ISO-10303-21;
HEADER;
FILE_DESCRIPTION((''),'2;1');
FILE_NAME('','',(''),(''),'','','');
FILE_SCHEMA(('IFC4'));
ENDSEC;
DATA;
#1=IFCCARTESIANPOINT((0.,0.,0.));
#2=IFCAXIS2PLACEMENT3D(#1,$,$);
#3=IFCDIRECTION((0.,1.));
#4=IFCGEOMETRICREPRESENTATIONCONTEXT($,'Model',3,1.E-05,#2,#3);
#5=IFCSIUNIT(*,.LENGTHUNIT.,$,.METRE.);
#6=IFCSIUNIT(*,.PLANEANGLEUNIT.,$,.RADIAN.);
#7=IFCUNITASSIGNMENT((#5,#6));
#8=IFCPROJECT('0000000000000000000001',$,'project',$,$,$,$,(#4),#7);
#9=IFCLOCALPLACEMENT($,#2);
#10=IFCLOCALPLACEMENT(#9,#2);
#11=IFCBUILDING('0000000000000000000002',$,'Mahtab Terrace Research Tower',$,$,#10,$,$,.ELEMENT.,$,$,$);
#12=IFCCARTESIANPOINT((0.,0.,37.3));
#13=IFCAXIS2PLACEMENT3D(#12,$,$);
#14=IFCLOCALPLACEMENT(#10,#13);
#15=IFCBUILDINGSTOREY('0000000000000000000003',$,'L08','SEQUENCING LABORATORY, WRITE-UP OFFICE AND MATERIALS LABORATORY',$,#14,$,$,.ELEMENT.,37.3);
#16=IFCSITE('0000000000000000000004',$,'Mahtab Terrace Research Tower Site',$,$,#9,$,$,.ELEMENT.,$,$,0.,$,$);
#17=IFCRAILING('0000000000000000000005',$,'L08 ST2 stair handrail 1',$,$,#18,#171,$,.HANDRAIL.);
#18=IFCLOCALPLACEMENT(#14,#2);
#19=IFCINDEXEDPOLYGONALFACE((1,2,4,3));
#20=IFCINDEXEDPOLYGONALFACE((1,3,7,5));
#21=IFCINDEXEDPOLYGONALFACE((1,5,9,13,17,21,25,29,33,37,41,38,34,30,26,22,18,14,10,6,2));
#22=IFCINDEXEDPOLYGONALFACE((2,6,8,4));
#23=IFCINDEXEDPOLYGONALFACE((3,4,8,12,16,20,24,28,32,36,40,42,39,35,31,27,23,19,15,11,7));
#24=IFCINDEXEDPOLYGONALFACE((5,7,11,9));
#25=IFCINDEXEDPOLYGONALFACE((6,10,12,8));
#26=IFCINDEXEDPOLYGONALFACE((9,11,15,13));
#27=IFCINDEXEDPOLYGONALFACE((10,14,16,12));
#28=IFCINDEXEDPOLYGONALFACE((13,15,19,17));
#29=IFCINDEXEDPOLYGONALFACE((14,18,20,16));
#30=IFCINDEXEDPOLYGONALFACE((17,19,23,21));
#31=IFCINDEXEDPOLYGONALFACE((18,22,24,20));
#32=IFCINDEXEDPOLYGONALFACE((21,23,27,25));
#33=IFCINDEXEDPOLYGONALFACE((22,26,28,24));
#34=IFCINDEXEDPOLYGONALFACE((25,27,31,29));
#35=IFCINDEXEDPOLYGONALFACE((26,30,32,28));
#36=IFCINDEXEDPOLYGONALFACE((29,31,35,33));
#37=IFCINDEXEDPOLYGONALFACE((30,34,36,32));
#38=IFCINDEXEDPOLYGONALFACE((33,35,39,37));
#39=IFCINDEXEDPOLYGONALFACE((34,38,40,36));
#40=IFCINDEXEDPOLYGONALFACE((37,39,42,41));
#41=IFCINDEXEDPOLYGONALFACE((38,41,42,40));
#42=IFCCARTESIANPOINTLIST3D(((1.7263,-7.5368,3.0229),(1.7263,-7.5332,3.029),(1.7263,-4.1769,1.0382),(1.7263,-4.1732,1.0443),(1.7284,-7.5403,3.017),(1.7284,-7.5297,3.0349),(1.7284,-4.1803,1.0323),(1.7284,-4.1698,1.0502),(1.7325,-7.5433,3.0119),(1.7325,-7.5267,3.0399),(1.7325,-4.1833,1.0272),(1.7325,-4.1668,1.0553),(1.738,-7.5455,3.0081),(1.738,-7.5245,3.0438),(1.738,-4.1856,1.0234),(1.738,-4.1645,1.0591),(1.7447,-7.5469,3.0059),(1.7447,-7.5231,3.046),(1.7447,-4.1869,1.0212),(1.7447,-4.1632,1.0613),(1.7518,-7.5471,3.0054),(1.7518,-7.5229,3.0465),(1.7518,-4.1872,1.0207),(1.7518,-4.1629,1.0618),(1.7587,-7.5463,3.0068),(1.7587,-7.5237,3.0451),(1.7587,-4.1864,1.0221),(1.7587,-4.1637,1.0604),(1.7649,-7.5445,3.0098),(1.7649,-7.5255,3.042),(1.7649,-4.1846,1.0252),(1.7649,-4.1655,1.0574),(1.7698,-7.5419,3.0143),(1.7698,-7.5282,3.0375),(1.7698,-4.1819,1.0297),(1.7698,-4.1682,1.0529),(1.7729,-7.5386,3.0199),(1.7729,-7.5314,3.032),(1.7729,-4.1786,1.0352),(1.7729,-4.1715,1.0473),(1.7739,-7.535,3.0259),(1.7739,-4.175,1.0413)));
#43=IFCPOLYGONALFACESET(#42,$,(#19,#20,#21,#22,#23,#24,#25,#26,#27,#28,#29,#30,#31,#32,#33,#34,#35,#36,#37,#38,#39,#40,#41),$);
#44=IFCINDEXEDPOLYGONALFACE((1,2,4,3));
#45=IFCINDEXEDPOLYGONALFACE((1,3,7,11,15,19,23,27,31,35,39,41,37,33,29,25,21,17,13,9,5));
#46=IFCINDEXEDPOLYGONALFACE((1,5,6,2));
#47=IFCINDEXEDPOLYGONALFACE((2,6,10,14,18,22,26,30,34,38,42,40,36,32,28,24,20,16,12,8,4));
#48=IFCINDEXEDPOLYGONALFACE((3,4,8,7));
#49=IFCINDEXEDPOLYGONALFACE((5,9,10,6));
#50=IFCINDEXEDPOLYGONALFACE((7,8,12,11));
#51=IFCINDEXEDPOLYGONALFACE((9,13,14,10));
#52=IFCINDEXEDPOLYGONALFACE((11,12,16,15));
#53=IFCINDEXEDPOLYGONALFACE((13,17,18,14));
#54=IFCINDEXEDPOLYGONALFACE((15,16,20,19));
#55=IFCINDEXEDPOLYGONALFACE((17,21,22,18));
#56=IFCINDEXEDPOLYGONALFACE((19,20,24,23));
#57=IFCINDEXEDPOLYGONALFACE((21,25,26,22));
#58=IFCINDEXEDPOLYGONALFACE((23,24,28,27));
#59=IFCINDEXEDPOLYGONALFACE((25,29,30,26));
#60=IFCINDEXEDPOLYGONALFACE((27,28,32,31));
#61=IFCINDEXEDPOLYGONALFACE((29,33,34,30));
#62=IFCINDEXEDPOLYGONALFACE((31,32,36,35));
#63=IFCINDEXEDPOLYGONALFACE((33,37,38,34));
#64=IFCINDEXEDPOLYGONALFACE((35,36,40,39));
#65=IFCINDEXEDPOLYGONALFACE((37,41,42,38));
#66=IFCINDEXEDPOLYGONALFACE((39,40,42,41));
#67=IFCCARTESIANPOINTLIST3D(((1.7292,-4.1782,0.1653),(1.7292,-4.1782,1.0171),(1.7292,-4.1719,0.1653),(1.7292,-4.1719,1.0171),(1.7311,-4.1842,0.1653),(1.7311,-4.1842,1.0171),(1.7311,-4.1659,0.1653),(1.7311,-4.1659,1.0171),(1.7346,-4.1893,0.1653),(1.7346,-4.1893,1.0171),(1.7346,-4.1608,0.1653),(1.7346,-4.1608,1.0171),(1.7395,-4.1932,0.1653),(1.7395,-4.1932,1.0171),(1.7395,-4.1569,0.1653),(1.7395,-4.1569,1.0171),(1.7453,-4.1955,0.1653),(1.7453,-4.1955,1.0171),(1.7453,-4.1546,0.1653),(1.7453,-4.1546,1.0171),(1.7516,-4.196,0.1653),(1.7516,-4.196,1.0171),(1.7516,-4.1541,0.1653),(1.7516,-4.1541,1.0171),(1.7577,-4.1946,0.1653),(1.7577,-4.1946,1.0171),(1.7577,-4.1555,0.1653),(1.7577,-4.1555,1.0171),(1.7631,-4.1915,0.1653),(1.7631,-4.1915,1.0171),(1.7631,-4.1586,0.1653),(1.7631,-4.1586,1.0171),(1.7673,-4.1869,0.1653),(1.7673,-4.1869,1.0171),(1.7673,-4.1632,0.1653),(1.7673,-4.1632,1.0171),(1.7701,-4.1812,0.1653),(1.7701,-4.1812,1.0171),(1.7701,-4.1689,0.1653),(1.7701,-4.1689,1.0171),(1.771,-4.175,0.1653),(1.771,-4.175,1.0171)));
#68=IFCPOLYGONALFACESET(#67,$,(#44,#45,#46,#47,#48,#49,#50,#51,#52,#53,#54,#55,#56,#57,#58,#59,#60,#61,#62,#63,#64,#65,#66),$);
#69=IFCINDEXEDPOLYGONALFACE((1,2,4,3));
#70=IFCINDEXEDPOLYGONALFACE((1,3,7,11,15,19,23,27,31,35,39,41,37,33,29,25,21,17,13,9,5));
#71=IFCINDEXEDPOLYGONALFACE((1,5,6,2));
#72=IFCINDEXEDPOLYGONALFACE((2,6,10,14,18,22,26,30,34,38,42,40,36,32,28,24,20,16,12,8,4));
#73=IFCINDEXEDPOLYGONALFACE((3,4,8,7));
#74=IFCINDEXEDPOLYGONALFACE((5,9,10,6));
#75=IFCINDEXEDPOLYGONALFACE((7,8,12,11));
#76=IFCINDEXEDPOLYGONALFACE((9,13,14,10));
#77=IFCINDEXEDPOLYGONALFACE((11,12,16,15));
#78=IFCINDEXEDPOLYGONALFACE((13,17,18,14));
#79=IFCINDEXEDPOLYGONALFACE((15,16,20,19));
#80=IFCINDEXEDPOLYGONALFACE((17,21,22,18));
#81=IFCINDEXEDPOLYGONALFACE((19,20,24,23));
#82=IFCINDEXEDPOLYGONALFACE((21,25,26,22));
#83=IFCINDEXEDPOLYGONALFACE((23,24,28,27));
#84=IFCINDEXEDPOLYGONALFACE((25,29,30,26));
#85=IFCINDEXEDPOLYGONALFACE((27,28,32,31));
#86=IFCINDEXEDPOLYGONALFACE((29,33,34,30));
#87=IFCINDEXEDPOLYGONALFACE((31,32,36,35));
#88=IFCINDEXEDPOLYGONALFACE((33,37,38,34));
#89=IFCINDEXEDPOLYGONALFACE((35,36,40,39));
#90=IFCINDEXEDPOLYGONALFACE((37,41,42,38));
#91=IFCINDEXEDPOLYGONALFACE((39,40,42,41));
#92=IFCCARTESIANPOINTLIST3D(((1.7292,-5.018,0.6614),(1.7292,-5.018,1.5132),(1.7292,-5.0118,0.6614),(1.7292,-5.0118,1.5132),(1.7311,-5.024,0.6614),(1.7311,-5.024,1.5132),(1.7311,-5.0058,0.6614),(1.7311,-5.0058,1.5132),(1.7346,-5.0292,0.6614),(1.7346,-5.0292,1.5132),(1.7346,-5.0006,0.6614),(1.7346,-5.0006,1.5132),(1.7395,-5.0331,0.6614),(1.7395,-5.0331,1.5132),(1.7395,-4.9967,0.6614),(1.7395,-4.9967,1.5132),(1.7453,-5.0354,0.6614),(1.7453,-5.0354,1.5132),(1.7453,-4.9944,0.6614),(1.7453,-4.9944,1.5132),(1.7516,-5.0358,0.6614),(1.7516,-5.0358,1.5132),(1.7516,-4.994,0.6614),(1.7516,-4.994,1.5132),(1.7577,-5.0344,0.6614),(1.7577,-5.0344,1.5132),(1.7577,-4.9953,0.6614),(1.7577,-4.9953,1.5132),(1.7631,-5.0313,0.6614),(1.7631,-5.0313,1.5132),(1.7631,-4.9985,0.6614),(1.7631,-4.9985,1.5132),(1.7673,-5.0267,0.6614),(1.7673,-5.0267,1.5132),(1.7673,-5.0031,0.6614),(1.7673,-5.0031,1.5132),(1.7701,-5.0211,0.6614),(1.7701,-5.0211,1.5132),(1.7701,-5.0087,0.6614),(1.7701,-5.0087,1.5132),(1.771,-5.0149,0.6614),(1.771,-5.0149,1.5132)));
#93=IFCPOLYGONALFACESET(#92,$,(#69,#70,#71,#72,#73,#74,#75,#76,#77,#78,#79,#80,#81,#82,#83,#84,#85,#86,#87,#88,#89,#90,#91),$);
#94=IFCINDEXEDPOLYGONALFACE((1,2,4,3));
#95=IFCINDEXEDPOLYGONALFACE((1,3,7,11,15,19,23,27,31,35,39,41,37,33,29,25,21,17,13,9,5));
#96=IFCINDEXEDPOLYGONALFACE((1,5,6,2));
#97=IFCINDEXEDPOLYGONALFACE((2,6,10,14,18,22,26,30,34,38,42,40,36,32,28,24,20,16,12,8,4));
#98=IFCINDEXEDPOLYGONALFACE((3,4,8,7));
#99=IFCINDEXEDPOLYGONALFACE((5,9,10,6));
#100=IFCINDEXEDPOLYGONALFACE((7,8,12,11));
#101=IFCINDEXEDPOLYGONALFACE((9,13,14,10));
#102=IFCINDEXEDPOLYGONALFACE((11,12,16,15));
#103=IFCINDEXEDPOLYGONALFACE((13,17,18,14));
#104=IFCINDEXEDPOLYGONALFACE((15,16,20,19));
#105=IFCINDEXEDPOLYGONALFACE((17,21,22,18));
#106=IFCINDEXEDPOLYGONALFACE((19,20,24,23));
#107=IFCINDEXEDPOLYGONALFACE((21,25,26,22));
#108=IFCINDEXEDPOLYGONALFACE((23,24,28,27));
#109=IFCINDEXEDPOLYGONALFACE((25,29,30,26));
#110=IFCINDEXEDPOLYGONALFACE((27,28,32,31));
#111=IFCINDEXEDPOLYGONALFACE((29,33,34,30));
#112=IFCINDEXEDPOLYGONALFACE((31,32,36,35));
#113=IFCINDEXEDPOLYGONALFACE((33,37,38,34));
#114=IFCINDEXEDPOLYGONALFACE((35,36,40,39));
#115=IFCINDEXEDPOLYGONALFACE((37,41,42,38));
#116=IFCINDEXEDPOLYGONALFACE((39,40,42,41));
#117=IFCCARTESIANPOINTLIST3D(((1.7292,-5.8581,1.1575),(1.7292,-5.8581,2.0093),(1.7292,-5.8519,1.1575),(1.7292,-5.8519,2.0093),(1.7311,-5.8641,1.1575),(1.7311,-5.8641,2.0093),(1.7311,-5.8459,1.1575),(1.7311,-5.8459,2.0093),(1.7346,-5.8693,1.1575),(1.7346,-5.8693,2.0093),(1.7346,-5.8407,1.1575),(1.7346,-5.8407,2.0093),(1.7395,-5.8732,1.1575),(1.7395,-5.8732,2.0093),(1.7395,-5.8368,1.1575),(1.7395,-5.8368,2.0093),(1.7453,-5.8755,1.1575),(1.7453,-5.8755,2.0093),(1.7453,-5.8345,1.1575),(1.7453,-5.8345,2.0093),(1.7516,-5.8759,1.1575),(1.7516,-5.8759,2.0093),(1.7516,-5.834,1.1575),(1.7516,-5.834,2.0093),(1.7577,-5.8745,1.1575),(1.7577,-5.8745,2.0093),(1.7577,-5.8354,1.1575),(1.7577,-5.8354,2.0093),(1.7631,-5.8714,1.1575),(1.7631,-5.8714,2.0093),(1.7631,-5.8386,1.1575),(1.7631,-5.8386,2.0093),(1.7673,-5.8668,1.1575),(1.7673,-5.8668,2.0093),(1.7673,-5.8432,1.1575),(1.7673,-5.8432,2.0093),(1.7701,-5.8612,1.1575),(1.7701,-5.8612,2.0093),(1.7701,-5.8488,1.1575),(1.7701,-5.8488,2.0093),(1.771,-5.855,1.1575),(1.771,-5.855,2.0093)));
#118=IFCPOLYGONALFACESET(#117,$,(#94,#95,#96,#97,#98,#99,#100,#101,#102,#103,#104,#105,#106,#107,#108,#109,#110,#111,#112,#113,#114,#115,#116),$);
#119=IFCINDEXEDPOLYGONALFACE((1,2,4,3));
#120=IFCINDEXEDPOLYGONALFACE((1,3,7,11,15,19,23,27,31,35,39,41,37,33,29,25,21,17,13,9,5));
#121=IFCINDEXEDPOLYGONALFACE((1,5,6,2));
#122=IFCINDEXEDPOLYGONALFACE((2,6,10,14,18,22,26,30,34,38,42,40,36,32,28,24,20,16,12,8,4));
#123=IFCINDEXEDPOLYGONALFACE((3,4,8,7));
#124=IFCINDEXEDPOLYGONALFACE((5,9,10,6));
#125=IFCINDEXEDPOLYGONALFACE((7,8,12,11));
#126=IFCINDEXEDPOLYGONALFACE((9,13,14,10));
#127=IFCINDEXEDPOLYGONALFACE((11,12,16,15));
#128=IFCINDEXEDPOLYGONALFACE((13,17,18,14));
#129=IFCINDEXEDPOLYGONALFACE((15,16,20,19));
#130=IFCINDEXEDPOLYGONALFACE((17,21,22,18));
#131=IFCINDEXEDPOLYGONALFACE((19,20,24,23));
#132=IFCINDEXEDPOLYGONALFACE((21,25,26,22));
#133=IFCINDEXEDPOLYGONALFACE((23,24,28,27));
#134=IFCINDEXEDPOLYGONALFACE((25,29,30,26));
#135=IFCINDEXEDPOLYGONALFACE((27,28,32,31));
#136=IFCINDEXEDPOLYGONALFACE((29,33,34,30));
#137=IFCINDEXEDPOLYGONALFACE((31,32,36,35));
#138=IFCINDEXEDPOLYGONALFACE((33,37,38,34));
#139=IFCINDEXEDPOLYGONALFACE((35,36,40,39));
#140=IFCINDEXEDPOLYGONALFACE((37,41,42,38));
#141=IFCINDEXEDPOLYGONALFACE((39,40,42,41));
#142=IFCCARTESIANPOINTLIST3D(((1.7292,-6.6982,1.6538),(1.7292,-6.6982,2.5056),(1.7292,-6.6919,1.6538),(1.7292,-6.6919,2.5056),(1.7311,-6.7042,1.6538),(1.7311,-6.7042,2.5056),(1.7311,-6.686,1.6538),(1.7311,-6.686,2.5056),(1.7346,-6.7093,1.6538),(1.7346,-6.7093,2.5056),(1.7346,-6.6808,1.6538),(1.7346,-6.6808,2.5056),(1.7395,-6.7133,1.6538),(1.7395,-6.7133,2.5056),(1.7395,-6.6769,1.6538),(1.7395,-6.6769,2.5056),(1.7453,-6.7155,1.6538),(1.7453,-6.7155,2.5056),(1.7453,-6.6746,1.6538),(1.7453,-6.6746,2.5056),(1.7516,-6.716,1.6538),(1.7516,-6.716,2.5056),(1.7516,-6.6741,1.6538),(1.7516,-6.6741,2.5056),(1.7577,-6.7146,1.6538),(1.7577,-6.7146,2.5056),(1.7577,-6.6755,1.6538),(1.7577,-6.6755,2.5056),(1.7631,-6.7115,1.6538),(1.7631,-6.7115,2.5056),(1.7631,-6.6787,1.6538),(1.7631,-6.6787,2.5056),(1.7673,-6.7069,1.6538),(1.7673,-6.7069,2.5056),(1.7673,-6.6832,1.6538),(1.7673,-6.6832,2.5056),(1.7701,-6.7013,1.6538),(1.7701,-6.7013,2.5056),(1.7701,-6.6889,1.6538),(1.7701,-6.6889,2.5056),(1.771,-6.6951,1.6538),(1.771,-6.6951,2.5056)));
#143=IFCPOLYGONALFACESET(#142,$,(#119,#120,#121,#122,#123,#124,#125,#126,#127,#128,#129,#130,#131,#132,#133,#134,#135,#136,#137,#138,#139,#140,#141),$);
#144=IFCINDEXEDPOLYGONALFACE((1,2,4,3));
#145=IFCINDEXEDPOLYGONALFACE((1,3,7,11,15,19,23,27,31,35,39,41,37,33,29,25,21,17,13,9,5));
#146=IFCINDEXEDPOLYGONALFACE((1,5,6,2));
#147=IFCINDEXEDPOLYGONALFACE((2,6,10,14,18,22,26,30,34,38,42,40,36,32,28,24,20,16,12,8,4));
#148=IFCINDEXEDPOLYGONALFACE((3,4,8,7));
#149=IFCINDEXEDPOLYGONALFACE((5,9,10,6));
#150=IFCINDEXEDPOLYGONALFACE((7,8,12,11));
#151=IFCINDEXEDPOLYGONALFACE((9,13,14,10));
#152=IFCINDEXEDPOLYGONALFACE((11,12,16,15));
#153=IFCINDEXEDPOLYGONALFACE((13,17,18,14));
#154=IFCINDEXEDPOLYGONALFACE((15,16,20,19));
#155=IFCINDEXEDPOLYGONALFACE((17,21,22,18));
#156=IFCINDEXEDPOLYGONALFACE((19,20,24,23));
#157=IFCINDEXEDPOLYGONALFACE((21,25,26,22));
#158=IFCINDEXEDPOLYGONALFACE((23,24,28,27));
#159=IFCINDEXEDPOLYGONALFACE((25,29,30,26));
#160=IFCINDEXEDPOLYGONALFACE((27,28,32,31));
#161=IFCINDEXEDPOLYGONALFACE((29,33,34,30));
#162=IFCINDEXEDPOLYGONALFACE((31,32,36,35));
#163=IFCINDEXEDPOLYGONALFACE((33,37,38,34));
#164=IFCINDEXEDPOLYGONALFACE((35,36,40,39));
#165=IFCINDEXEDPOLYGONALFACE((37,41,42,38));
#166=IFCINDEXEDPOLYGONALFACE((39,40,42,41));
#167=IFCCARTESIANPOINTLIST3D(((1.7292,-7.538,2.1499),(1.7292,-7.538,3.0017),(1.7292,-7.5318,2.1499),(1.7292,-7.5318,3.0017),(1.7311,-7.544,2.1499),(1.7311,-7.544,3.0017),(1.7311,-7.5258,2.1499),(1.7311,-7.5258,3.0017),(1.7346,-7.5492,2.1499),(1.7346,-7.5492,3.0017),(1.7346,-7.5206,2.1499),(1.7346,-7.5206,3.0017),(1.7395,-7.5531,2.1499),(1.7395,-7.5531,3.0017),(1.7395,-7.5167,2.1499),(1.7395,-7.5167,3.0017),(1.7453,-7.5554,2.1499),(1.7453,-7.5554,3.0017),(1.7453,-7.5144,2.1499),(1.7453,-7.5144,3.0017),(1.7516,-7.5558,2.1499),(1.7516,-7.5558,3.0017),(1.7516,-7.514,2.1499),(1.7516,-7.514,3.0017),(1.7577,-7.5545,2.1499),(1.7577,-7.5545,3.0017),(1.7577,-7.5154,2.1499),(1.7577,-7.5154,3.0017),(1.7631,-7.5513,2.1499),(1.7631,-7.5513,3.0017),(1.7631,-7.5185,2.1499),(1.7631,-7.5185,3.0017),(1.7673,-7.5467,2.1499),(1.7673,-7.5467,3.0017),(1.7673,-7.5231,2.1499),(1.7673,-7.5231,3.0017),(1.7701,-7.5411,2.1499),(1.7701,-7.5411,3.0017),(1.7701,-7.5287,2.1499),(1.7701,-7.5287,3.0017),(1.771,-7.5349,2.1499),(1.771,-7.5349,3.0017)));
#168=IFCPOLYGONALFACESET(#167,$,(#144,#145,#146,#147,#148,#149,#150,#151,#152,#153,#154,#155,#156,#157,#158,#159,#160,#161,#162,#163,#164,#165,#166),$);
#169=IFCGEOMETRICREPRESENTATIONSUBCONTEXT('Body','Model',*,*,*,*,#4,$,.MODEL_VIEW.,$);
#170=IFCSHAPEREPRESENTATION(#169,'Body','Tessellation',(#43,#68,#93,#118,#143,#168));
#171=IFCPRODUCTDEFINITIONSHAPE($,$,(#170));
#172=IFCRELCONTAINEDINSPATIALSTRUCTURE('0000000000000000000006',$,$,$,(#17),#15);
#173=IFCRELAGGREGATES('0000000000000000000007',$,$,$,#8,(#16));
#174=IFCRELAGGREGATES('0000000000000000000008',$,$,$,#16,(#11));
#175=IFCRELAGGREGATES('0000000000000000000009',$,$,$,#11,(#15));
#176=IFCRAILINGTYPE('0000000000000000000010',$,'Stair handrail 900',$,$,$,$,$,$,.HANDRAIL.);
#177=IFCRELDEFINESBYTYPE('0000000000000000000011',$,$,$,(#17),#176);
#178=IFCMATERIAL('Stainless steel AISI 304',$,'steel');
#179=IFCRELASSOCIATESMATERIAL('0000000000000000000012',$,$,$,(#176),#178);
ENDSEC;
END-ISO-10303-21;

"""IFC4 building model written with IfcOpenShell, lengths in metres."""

from ifc_helpers import new_model, si_unit, direction, frame, origin, origin_2d, place, context, subcontext, project, spatial, circle, extrude, material, type_object, element, save


model = new_model("IFC4")

# Units and contexts
model_context = context("Model", 3, precision=1e-05, world=origin(), true_north=direction((0.0, 1.0)))
body_context = subcontext(model_context, "Body", "Model", "MODEL_VIEW")
ifc_project = project(units=[si_unit("LENGTHUNIT", "METRE"), si_unit("PLANEANGLEUNIT", "RADIAN")], contexts=[model_context])

# Site, building, storey
site_placement = place(None, origin())
site = spatial("IfcSite", under=ifc_project, at=site_placement, Name="Mahtab Terrace Research Tower Site", CompositionType="ELEMENT", RefElevation=0.0)
building_placement = place(site_placement, origin())
building = spatial("IfcBuilding", under=site, at=building_placement, Name="Mahtab Terrace Research Tower", CompositionType="ELEMENT")
storey_placement = place(building_placement, frame((0.0, 0.0, 37.3)))
storey = spatial("IfcBuildingStorey", under=building, at=storey_placement, Name="L08", Description="SEQUENCING LABORATORY, WRITE-UP OFFICE AND MATERIALS LABORATORY", CompositionType="ELEMENT", Elevation=37.3)

# Railing
ifc_material_1 = material(Name="Stainless steel AISI 304", Category="steel")
railing_type_1 = type_object("IfcRailingType", Name="Stair handrail 900", PredefinedType="HANDRAIL", material=ifc_material_1)
railing_1_placement = place(storey_placement, frame((1.75, -4.175, 0.1653)))
element("IfcRailing", 1, at=railing_1_placement, inside=storey, type_object=railing_type_1, Name="L08 ST2 stair handrail 1", PredefinedType="HANDRAIL", context=body_context, shape_type="SweptSolid", body=[
    extrude(circle(Radius=0.0239, at=origin_2d()), frame((0.0, 0.0, 0.876), z_axis=(0.0, -0.861011, 0.508586), x_axis=(1.0, 0.0, 0.0)), (0.0, 0.0, 1.0), 3.9023),
    extrude(circle(Radius=0.021, at=origin_2d()), origin(), (0.0, 0.0, 1.0), 0.8518),
    extrude(circle(Radius=0.021, at=origin_2d()), frame((0.0, -0.8398, 0.4961)), (0.0, 0.0, 1.0), 0.8518),
    extrude(circle(Radius=0.021, at=origin_2d()), frame((0.0, -1.6799, 0.9922)), (0.0, 0.0, 1.0), 0.8518),
    extrude(circle(Radius=0.021, at=origin_2d()), frame((0.0, -2.52, 1.4885)), (0.0, 0.0, 1.0), 0.8518),
    extrude(circle(Radius=0.021, at=origin_2d()), frame((0.0, -3.3599, 1.9846)), (0.0, 0.0, 1.0), 0.8518),
])

save(model, "model.ifc")
